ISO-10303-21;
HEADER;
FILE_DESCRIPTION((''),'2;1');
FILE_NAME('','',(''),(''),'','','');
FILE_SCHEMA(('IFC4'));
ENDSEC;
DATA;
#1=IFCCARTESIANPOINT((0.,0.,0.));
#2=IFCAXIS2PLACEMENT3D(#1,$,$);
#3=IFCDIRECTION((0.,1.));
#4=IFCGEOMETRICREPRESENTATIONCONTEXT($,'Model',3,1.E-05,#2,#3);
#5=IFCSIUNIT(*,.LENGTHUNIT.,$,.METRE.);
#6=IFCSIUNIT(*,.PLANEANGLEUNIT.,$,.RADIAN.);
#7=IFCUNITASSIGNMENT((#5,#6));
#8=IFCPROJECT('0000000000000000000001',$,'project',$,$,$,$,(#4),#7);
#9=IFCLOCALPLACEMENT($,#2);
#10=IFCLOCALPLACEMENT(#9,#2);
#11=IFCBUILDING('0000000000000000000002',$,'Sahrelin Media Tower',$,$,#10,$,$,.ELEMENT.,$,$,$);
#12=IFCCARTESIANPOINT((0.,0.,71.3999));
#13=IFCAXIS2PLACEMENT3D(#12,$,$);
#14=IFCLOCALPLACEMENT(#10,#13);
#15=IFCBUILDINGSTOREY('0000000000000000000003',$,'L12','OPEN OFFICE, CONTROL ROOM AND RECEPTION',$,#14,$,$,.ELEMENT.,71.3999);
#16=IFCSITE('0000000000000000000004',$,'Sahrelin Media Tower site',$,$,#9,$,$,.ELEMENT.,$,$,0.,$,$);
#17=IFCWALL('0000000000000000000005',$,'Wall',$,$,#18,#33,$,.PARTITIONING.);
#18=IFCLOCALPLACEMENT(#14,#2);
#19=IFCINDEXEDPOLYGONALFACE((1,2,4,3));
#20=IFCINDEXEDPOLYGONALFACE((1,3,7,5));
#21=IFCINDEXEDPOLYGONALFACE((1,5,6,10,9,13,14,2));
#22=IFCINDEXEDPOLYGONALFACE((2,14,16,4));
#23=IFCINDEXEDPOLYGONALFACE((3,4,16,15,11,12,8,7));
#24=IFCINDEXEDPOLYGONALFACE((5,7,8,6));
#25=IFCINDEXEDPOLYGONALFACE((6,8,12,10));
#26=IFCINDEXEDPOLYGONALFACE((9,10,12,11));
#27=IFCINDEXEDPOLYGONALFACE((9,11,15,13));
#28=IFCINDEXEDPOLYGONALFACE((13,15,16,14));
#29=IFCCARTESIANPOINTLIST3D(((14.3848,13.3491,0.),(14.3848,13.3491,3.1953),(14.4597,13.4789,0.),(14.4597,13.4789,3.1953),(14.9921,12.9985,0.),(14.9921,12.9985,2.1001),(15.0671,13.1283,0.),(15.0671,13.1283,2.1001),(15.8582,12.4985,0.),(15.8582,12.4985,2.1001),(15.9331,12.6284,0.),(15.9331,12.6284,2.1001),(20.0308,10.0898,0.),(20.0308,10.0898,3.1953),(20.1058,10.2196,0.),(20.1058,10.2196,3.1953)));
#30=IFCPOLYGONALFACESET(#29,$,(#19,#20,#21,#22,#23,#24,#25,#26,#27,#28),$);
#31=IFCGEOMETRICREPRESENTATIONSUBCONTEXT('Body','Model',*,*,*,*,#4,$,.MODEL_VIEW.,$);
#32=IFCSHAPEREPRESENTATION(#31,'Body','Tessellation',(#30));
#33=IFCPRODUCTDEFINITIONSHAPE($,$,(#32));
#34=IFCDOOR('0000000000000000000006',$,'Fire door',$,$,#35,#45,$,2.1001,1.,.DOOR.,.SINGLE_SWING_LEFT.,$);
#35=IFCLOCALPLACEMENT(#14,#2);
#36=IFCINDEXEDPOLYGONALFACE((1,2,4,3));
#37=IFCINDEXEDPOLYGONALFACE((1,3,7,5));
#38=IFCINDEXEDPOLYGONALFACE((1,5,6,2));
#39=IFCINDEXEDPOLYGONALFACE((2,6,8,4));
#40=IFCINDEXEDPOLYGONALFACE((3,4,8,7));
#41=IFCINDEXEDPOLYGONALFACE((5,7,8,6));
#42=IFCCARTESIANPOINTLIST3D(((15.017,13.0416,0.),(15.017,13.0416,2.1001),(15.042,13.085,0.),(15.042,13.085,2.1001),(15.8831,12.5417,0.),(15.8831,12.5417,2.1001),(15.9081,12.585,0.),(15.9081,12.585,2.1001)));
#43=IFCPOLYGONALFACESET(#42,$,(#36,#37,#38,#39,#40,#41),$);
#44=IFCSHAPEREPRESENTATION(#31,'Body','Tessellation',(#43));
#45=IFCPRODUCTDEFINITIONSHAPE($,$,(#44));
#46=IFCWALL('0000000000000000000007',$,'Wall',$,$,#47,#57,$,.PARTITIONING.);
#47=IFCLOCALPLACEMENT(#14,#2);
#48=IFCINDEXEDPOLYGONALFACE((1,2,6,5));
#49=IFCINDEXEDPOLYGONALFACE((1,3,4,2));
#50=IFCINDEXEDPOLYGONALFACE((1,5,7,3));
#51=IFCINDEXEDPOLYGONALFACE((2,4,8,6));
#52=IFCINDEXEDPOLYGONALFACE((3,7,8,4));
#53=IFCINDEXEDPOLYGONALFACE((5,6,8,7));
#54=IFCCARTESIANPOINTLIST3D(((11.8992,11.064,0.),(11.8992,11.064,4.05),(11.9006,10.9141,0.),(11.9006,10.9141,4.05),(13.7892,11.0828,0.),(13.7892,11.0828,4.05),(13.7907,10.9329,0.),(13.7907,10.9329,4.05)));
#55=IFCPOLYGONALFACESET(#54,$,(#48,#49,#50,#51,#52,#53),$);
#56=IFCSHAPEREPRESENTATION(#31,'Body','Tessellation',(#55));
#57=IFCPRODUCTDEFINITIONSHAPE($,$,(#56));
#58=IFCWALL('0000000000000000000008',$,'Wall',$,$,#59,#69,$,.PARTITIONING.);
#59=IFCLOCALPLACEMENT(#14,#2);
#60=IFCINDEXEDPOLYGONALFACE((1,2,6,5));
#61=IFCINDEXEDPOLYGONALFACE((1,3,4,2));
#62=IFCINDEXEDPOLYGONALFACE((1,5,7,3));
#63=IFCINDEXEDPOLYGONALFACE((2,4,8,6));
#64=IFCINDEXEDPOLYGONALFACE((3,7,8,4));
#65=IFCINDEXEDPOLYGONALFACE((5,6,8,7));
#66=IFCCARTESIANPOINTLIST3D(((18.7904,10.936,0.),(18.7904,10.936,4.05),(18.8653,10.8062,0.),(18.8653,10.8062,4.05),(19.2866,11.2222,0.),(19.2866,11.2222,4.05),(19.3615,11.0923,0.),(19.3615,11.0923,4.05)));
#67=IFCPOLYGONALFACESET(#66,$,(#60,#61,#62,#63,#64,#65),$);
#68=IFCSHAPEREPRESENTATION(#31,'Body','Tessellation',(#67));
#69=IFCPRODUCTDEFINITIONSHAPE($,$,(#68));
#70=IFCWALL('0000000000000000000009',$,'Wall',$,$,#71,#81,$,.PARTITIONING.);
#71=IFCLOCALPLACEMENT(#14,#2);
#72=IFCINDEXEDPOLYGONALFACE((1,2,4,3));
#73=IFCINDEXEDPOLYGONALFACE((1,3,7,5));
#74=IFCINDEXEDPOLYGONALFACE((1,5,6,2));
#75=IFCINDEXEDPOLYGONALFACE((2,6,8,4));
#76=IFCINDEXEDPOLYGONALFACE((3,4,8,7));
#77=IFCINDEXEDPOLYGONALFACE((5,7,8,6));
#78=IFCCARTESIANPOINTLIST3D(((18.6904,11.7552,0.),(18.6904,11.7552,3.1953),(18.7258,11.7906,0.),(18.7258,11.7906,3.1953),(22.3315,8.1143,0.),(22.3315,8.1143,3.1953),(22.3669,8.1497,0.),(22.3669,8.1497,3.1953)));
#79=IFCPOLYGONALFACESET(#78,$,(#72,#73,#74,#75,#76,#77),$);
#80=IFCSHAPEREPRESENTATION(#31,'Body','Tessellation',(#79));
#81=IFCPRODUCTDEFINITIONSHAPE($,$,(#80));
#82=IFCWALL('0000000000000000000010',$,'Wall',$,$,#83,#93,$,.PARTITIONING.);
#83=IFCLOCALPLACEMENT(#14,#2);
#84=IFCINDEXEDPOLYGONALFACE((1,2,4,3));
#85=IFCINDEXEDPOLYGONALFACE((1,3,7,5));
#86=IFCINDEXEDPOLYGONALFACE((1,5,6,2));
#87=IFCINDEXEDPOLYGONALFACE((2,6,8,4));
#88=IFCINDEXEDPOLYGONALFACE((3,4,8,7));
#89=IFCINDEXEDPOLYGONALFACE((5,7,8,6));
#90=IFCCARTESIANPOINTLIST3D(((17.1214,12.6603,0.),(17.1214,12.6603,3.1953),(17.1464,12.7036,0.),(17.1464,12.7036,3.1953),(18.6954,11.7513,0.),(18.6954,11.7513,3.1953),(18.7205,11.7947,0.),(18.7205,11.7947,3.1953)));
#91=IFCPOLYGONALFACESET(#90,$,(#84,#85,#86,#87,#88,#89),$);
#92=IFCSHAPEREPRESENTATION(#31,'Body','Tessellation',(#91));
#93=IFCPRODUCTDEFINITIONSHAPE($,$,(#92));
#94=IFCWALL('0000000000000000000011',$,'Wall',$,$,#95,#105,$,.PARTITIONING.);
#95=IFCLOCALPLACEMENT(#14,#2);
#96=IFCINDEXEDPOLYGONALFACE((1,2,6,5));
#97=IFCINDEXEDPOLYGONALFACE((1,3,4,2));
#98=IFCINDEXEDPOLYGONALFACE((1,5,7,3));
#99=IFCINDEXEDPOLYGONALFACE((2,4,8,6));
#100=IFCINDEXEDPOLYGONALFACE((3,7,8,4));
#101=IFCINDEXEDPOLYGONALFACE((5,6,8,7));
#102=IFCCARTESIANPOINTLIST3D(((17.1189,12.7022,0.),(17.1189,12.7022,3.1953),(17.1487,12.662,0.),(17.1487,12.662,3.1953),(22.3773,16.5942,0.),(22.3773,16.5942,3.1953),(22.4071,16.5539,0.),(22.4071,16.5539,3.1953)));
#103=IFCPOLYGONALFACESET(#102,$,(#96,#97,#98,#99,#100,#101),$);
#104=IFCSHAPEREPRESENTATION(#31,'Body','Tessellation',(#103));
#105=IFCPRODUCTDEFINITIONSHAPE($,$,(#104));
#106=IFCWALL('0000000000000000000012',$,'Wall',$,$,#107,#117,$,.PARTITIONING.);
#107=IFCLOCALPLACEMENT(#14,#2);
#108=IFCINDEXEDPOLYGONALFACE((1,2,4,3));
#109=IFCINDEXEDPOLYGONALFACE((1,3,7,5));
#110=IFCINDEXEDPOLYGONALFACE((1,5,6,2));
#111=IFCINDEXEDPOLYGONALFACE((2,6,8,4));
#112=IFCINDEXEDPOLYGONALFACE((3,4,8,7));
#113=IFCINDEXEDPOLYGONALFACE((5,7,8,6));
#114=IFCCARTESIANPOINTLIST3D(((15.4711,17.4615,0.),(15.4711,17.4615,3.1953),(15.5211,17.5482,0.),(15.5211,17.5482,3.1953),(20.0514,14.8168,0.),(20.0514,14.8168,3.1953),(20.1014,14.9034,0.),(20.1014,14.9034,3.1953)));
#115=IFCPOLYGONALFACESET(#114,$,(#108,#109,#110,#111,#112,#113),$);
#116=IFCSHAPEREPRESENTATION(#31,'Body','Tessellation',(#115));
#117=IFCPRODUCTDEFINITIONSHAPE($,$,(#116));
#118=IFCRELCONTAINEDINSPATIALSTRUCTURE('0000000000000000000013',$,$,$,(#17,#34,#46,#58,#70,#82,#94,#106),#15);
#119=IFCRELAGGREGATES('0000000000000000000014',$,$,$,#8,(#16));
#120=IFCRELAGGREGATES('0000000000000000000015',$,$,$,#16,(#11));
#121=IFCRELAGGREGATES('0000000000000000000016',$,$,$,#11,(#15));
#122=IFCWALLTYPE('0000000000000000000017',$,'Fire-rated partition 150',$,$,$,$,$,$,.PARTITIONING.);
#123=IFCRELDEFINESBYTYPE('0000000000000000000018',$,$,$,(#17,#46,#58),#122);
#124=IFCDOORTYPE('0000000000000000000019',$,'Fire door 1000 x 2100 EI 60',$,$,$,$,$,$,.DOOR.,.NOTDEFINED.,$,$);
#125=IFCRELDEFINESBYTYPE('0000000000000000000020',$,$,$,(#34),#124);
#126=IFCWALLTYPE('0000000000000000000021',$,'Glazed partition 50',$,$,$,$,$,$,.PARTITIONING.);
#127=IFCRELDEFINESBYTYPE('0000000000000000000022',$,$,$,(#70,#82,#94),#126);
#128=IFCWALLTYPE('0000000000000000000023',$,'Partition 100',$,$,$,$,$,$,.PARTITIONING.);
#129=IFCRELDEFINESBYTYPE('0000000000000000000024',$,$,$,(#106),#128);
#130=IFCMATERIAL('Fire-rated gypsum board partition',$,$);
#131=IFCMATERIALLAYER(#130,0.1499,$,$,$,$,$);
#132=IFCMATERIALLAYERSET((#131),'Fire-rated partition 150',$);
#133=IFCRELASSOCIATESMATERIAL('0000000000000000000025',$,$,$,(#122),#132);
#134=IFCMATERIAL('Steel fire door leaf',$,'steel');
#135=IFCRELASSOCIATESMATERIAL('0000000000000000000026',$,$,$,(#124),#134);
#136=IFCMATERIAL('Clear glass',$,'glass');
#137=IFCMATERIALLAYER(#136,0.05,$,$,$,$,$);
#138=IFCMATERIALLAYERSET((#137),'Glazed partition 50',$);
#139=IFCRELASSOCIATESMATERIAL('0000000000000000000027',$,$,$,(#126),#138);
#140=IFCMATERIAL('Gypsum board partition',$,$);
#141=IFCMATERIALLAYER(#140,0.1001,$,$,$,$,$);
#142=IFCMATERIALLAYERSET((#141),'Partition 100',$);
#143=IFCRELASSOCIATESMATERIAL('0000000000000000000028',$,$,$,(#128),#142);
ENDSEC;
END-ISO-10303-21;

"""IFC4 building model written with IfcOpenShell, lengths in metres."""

from ifc_helpers import new_model, si_unit, direction, frame, frame_2d, origin, place, context, subcontext, project, spatial, rectangle, extrude, material, layer, layer_set, type_object, element, fill, save


model = new_model("IFC4")

# Units and contexts
model_context = context("Model", 3, precision=1e-05, world=origin(), true_north=direction((0.0, 1.0)))
body_context = subcontext(model_context, "Body", "Model", "MODEL_VIEW")
ifc_project = project(units=[si_unit("LENGTHUNIT", "METRE"), si_unit("PLANEANGLEUNIT", "RADIAN")], contexts=[model_context])

# Site, building, storey
site_placement = place(None, origin())
site = spatial("IfcSite", under=ifc_project, at=site_placement, Name="Sahrelin Media Tower site", CompositionType="ELEMENT", RefElevation=0.0)
building_placement = place(site_placement, origin())
building = spatial("IfcBuilding", under=site, at=building_placement, Name="Sahrelin Media Tower", CompositionType="ELEMENT")
storey_placement = place(building_placement, frame((0.0, 0.0, 71.3999)))
storey = spatial("IfcBuildingStorey", under=building, at=storey_placement, Name="L12", Description="OPEN OFFICE, CONTROL ROOM AND RECEPTION", CompositionType="ELEMENT", Elevation=71.3999)

# Wall, opening, door
ifc_material_1 = material(Name="Fire-rated gypsum board partition")
ifc_layer_1 = layer(ifc_material_1, 0.1499)
ifc_layer_set_1 = layer_set([ifc_layer_1], Name="Fire-rated partition 150")
wall_type_1 = type_object("IfcWallType", Name="Fire-rated partition 150", PredefinedType="PARTITIONING", material=ifc_layer_set_1)
ifc_material_2 = material(Name="Steel fire door leaf", Category="steel")
door_type = type_object("IfcDoorType", Name="Fire door 1000 x 2100 EI 60", OperationType="NOTDEFINED", PredefinedType="DOOR", material=ifc_material_2)
wall_1_placement = place(storey_placement, frame((14.4221, 13.4141, 0.0), z_axis=(0.0, 0.0, 1.0), x_axis=(0.866055, -0.499949, 0.0)))
wall_1 = element("IfcWall", 1, at=wall_1_placement, inside=storey, type_object=wall_type_1, Name="Wall", PredefinedType="PARTITIONING", context=body_context, shape_type="SweptSolid", body=[
    extrude(rectangle(XDim=6.5193, YDim=0.1499, at=frame_2d((3.2598, 0.0))), origin(), (0.0, 0.0, 1.0), 3.1953),
])
opening_1_placement = place(wall_1_placement, frame((0.7014, 0.0, 0.0)))
opening_1 = element("IfcOpeningElement", 2, at=opening_1_placement, cuts=wall_1, PredefinedType="OPENING", context=body_context, shape_type="SweptSolid", body=[
    extrude(rectangle(XDim=1.0, YDim=2.1001, at=frame_2d((0.5, 1.05))), frame((0.0, 0.075, 0.0), z_axis=(0.0, -1.0, 0.0), x_axis=(1.0, 0.0, 0.0)), (0.0, 0.0, 1.0), 0.1499),
])
door_1_placement = place(opening_1_placement, origin())
door_1 = element("IfcDoor", 3, at=door_1_placement, inside=storey, type_object=door_type, Name="Fire door", OperationType="SINGLE_SWING_LEFT", OverallHeight=2.1001, OverallWidth=1.0, PredefinedType="DOOR", context=body_context, shape_type="SweptSolid", body=[
    extrude(rectangle(XDim=1.0, YDim=2.1001, at=frame_2d((0.5, 1.05))), frame((0.0, 0.0249, 0.0), z_axis=(0.0, -1.0, 0.0), x_axis=(1.0, 0.0, 0.0)), (0.0, 0.0, 1.0), 0.05),
])
fill(opening_1, door_1)

# Walls
wall_2_placement = place(storey_placement, frame((11.8999, 10.989, 0.0), z_axis=(0.0, 0.0, 1.0), x_axis=(0.999951, 0.009945, 0.0)))
element("IfcWall", 4, at=wall_2_placement, inside=storey, type_object=wall_type_1, Name="Wall", PredefinedType="PARTITIONING", context=body_context, shape_type="SweptSolid", body=[
    extrude(rectangle(XDim=1.8901, YDim=0.1499, at=frame_2d((0.9451, 0.0))), origin(), (0.0, 0.0, 1.0), 4.05),
])
wall_3_placement = place(storey_placement, frame((18.8279, 10.8711, 0.0), z_axis=(0.0, 0.0, 1.0), x_axis=(0.866242, 0.499624, 0.0)))
element("IfcWall", 5, at=wall_3_placement, inside=storey, type_object=wall_type_1, Name="Wall", PredefinedType="PARTITIONING", context=body_context, shape_type="SweptSolid", body=[
    extrude(rectangle(XDim=0.5728, YDim=0.1499, at=frame_2d((0.2864, 0.0))), origin(), (0.0, 0.0, 1.0), 4.05),
])
ifc_material_3 = material(Name="Clear glass", Category="glass")
ifc_layer_2 = layer(ifc_material_3, 0.05)
ifc_layer_set_2 = layer_set([ifc_layer_2], Name="Glazed partition 50")
wall_type_2 = type_object("IfcWallType", Name="Glazed partition 50", PredefinedType="PARTITIONING", material=ifc_layer_set_2)
wall_4_placement = place(storey_placement, frame((18.708, 11.7729, 0.0), z_axis=(0.0, 0.0, 1.0), x_axis=(0.70713, -0.707083, 0.0)))
element("IfcWall", 6, at=wall_4_placement, inside=storey, type_object=wall_type_2, Name="Wall", PredefinedType="PARTITIONING", context=body_context, shape_type="SweptSolid", body=[
    extrude(rectangle(XDim=5.1492, YDim=0.05, at=frame_2d((2.5747, 0.0))), origin(), (0.0, 0.0, 1.0), 3.1953),
])
wall_5_placement = place(storey_placement, frame((17.134, 12.6819, 0.0), z_axis=(0.0, 0.0, 1.0), x_axis=(0.865978, -0.500083, 0.0)))
element("IfcWall", 7, at=wall_5_placement, inside=storey, type_object=wall_type_2, Name="Wall", PredefinedType="PARTITIONING", context=body_context, shape_type="SweptSolid", body=[
    extrude(rectangle(XDim=1.8176, YDim=0.05, at=frame_2d((0.9087, 0.0))), origin(), (0.0, 0.0, 1.0), 3.1953),
])
wall_6_placement = place(storey_placement, frame((17.1338, 12.6821, 0.0), z_axis=(0.0, 0.0, 1.0), x_axis=(0.803791, 0.594912, 0.0)))
element("IfcWall", 8, at=wall_6_placement, inside=storey, type_object=wall_type_2, Name="Wall", PredefinedType="PARTITIONING", context=body_context, shape_type="SweptSolid", body=[
    extrude(rectangle(XDim=6.542, YDim=0.05, at=frame_2d((3.271, 0.0))), origin(), (0.0, 0.0, 1.0), 3.1953),
])
ifc_material_4 = material(Name="Gypsum board partition")
ifc_layer_3 = layer(ifc_material_4, 0.1001)
ifc_layer_set_3 = layer_set([ifc_layer_3], Name="Partition 100")
wall_type_3 = type_object("IfcWallType", Name="Partition 100", PredefinedType="PARTITIONING", material=ifc_layer_set_3)
wall_7_placement = place(storey_placement, frame((15.4961, 17.5049, 0.0), z_axis=(0.0, 0.0, 1.0), x_axis=(0.865999, -0.500046, 0.0)))
element("IfcWall", 9, at=wall_7_placement, inside=storey, type_object=wall_type_3, Name="Wall", PredefinedType="PARTITIONING", context=body_context, shape_type="SweptSolid", body=[
    extrude(rectangle(XDim=5.2891, YDim=0.1001, at=frame_2d((2.6445, 0.0))), origin(), (0.0, 0.0, 1.0), 3.1953),
])

save(model, "model.ifc")
